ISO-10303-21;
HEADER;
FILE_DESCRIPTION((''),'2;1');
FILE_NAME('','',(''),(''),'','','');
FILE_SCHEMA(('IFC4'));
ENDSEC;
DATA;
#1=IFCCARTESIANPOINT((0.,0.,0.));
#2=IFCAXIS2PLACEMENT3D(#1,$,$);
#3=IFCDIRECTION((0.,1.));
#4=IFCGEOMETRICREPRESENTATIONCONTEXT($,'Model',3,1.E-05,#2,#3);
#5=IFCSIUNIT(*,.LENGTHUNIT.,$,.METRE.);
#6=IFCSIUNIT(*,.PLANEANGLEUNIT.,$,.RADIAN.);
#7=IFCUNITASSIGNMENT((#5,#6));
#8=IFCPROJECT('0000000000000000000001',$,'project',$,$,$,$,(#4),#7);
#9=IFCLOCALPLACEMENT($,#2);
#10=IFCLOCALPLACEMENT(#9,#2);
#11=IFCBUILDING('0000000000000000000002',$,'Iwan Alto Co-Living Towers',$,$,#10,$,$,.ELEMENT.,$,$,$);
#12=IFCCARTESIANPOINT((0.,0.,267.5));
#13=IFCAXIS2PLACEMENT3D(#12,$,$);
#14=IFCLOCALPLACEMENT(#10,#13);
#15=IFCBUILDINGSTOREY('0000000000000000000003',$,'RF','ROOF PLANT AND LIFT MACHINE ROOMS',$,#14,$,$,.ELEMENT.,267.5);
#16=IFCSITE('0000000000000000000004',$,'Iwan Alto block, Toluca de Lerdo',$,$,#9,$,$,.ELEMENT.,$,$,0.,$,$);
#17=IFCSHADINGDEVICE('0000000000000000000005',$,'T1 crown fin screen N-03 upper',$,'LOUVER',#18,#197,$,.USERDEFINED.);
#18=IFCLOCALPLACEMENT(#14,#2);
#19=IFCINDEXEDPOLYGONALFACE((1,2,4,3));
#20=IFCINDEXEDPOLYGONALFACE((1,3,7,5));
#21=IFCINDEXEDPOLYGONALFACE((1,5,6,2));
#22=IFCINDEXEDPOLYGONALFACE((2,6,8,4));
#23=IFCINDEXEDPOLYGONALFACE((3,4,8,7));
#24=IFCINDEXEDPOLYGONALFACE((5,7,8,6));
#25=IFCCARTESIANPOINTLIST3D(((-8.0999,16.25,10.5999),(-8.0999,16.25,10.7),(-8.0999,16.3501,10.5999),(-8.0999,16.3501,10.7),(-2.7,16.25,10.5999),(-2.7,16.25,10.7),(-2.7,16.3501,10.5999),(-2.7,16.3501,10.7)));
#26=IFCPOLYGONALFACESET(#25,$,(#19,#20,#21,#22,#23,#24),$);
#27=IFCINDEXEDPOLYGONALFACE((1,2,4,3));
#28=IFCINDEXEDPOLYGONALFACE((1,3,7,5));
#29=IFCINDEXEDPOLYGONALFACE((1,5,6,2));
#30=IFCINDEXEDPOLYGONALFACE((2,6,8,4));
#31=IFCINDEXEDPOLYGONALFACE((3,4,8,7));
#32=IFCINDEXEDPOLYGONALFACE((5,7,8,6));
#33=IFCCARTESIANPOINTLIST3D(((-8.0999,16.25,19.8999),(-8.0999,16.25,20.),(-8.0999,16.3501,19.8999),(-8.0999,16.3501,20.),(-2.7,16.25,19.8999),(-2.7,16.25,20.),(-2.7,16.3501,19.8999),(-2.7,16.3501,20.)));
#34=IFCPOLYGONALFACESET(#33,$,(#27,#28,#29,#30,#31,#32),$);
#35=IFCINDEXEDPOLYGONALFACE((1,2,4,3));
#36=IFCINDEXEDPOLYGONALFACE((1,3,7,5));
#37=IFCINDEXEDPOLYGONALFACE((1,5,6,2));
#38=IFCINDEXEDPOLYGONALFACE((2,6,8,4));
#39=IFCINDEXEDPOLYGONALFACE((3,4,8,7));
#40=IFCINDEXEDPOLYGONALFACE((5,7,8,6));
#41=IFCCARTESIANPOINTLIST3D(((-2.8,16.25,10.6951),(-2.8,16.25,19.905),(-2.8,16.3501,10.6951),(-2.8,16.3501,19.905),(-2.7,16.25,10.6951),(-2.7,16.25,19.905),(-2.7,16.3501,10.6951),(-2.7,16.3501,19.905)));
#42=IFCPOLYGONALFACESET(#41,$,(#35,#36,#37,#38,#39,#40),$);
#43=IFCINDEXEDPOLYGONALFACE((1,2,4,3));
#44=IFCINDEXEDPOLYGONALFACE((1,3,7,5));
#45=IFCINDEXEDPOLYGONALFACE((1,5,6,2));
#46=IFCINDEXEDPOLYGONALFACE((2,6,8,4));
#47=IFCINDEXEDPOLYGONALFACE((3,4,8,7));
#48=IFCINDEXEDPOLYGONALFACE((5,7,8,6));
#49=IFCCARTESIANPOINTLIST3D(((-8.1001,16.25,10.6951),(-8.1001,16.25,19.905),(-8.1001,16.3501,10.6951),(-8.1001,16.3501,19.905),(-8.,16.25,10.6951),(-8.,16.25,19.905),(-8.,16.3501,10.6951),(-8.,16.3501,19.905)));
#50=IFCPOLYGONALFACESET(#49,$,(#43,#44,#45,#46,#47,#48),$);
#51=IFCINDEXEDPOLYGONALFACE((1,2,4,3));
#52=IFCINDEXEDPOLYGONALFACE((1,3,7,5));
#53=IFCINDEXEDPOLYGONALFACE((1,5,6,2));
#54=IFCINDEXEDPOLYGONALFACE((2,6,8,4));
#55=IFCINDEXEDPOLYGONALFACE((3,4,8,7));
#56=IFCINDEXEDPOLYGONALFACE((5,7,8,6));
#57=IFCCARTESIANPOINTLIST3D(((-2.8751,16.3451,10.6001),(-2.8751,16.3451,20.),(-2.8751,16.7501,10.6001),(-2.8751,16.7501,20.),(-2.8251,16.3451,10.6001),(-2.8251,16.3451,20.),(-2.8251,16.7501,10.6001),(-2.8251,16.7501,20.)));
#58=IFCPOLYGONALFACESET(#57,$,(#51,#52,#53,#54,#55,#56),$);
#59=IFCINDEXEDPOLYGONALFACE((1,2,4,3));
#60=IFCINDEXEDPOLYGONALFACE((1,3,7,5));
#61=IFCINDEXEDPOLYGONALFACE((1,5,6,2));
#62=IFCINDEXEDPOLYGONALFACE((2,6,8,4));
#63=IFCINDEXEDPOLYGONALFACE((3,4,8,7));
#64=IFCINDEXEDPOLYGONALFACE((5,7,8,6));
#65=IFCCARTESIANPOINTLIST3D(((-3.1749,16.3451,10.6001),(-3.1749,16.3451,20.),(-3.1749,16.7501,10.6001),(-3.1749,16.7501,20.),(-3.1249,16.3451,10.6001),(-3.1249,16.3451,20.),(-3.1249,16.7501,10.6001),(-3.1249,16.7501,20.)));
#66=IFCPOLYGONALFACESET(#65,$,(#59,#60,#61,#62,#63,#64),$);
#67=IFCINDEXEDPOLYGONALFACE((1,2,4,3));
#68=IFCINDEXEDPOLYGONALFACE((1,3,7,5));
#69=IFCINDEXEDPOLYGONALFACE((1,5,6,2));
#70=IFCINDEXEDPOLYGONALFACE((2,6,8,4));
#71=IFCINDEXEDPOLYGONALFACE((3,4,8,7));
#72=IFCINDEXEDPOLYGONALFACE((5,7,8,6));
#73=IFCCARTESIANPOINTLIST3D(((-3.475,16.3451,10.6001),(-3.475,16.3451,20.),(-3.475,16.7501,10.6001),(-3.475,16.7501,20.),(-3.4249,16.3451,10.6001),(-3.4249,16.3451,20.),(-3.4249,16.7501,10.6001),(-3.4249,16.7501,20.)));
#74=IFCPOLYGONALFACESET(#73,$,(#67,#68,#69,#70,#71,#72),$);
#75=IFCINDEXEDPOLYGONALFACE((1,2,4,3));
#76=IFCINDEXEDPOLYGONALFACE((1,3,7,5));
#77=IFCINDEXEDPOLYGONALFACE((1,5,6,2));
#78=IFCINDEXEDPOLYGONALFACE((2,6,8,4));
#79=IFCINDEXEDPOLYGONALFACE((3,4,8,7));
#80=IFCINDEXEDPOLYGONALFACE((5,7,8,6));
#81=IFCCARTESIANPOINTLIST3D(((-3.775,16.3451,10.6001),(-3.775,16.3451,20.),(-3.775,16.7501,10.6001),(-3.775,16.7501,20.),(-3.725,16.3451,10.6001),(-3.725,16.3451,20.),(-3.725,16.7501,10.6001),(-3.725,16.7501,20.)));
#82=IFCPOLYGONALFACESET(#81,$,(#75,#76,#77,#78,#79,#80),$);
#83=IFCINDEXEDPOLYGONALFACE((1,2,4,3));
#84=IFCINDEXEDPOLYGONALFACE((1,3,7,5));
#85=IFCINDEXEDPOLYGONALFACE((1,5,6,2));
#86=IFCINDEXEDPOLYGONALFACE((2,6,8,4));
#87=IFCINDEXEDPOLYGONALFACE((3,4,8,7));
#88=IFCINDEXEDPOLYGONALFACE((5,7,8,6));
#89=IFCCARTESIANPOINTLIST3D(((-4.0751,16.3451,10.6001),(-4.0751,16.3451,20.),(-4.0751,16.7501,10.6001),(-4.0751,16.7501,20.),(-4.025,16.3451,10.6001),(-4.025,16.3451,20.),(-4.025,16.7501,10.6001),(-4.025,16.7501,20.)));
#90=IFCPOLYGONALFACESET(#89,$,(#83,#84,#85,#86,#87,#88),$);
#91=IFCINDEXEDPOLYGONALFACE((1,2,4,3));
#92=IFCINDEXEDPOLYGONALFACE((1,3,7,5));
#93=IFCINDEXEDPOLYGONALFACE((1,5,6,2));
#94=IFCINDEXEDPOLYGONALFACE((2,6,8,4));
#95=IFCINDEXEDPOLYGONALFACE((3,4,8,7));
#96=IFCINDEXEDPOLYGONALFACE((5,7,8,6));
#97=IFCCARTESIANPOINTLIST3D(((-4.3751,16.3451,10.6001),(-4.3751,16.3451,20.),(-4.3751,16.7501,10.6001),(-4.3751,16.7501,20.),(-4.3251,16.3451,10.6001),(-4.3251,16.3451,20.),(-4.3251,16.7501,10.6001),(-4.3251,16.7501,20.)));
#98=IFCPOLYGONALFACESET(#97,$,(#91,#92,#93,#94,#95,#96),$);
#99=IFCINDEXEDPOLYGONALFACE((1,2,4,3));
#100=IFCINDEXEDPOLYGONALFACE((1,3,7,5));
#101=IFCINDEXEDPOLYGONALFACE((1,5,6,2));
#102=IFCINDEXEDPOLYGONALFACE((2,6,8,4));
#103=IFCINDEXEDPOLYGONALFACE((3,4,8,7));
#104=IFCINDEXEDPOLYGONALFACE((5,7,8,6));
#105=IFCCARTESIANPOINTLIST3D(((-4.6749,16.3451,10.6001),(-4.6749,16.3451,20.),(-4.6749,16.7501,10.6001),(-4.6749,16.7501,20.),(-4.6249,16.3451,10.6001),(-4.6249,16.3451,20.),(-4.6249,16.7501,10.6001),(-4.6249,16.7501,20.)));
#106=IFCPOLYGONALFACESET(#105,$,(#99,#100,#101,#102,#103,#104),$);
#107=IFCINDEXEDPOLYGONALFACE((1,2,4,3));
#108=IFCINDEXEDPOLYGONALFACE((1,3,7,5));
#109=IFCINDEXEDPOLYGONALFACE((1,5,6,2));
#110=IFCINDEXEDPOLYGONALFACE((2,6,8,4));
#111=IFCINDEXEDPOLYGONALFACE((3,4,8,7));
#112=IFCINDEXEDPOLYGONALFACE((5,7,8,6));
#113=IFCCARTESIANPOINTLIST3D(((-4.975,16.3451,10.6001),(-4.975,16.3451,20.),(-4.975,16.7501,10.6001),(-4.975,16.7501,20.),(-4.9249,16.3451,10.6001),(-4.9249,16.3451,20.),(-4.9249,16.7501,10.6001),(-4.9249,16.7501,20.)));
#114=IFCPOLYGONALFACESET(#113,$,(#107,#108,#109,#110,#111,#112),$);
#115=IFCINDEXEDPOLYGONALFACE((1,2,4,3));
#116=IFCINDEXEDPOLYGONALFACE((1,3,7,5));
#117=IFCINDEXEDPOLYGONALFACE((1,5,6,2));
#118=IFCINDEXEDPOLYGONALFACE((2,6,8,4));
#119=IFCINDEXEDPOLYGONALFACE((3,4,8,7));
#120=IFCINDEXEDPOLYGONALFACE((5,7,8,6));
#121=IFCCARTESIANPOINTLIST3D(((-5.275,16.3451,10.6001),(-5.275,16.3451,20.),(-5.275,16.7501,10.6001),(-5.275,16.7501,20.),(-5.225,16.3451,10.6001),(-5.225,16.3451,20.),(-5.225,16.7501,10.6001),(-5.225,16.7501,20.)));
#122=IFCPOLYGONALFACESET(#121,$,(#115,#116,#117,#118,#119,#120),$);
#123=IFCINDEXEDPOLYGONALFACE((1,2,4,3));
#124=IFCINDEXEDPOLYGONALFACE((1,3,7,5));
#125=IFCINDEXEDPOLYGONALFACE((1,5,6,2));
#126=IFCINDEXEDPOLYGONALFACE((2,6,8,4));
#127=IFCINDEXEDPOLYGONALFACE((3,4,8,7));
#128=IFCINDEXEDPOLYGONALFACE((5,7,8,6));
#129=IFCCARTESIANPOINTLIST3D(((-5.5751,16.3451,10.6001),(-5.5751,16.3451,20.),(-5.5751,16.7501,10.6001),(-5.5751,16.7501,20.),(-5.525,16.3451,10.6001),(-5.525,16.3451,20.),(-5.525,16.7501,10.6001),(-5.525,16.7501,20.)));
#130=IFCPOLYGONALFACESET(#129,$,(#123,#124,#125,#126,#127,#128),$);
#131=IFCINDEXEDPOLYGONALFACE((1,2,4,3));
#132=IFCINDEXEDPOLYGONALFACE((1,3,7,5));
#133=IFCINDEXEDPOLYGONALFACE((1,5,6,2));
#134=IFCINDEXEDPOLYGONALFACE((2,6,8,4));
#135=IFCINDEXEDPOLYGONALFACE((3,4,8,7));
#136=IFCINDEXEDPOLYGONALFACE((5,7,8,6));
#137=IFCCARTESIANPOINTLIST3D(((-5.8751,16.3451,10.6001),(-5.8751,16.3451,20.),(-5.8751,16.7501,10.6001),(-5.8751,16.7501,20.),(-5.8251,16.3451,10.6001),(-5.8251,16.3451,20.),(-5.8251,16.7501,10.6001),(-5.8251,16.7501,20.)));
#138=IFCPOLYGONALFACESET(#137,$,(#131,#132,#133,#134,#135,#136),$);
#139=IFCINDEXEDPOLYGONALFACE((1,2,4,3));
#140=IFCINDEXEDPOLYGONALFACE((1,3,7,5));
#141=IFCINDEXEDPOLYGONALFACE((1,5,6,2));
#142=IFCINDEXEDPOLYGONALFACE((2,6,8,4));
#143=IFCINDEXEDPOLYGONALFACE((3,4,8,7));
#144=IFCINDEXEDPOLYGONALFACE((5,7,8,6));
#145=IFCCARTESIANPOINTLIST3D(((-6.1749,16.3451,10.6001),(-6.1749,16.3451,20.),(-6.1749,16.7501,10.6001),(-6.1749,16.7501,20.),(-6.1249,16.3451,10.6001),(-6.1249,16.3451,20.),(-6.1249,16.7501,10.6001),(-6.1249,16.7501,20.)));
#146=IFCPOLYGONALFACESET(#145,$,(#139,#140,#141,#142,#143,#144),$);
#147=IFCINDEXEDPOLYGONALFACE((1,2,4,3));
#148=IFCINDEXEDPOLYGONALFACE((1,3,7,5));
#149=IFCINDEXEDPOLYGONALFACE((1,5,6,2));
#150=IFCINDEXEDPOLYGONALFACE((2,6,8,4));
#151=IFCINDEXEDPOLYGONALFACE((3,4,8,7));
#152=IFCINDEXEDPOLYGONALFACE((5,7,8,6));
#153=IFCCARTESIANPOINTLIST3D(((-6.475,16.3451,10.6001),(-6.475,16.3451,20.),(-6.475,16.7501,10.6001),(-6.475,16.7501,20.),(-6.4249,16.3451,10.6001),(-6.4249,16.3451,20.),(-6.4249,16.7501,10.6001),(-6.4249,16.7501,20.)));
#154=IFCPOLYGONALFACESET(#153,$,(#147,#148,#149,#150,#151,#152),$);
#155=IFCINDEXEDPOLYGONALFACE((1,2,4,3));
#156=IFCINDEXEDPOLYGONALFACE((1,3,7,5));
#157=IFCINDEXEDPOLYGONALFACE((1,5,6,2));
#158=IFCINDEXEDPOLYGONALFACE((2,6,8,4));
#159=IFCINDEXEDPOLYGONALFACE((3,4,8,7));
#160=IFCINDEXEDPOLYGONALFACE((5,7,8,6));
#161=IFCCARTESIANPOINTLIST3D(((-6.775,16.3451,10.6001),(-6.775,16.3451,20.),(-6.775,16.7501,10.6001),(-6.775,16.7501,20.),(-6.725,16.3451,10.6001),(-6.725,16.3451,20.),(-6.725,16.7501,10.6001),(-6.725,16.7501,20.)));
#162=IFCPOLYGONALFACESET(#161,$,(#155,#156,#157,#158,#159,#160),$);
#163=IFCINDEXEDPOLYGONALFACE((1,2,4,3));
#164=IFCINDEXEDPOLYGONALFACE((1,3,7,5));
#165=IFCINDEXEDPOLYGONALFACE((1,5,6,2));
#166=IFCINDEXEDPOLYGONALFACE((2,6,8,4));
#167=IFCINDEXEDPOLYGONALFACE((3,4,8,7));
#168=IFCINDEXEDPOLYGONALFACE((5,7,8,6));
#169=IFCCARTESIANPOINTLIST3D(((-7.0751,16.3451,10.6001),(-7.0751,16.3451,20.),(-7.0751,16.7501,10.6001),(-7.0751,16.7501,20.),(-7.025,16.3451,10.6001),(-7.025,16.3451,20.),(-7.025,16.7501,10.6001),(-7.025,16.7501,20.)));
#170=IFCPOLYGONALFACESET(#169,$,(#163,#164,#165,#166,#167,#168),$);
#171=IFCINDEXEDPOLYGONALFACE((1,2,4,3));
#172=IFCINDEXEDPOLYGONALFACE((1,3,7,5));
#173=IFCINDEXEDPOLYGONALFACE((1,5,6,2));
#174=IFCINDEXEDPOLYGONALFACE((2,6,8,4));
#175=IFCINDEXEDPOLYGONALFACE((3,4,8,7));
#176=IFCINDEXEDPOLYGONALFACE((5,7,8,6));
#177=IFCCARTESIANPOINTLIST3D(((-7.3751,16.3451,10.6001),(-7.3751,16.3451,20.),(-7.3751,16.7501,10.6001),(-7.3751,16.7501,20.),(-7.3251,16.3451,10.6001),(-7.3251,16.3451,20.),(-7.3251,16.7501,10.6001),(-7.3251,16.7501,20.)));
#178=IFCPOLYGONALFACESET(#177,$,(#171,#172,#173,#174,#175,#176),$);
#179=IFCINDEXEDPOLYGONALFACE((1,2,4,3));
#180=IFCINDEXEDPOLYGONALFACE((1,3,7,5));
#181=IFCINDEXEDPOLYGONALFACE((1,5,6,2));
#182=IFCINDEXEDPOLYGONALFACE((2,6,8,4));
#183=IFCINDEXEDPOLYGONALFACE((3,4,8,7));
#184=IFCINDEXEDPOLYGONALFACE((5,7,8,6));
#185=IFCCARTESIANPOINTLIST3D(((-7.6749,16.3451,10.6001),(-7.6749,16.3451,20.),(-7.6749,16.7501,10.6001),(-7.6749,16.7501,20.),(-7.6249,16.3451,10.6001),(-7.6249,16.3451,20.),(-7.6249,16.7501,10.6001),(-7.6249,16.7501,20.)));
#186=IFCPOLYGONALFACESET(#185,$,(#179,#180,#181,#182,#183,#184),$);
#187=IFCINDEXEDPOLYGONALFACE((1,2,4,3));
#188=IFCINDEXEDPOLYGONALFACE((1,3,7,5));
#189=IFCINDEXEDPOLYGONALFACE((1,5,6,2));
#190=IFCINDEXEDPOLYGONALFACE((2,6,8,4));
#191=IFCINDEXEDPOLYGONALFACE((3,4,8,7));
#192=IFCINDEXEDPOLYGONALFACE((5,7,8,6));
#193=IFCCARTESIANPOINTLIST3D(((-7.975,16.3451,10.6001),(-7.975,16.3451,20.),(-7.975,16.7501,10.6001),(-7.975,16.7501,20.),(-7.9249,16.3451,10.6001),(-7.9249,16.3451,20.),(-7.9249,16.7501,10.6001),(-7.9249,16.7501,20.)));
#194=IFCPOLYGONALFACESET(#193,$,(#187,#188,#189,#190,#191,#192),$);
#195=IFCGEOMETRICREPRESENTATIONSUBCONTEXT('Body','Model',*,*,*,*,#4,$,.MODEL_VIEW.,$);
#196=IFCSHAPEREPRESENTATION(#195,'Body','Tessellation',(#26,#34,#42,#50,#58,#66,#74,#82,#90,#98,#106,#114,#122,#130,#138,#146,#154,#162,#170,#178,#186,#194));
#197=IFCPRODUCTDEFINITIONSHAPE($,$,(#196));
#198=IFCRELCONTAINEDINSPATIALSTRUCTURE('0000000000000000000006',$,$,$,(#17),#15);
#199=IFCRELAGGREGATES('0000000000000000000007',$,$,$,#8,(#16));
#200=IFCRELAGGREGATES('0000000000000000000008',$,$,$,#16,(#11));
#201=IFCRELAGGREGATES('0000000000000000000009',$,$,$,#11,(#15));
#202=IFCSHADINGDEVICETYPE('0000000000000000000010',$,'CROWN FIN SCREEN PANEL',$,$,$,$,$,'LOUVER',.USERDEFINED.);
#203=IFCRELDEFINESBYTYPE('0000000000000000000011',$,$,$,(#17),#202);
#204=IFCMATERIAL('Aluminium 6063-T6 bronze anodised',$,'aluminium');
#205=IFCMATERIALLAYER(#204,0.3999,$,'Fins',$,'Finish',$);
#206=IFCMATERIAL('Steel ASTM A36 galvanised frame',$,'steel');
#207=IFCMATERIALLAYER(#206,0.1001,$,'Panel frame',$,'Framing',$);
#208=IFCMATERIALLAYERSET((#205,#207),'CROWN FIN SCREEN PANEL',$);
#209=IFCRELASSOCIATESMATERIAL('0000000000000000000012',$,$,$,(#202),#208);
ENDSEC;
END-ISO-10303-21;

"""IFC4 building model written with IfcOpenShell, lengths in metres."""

from ifc_helpers import new_model, si_unit, direction, frame, origin, origin_2d, place, context, subcontext, project, spatial, rectangle, extrude, material, layer, layer_set, type_object, element, save


model = new_model("IFC4")

# Units and contexts
model_context = context("Model", 3, precision=1e-05, world=origin(), true_north=direction((0.0, 1.0)))
body_context = subcontext(model_context, "Body", "Model", "MODEL_VIEW")
ifc_project = project(units=[si_unit("LENGTHUNIT", "METRE"), si_unit("PLANEANGLEUNIT", "RADIAN")], contexts=[model_context])

# Site, building, storey
site_placement = place(None, origin())
site = spatial("IfcSite", under=ifc_project, at=site_placement, Name="Iwan Alto block, Toluca de Lerdo", CompositionType="ELEMENT", RefElevation=0.0)
building_placement = place(site_placement, origin())
building = spatial("IfcBuilding", under=site, at=building_placement, Name="Iwan Alto Co-Living Towers", CompositionType="ELEMENT")
storey_placement = place(building_placement, frame((0.0, 0.0, 267.5)))
storey = spatial("IfcBuildingStorey", under=building, at=storey_placement, Name="RF", Description="ROOF PLANT AND LIFT MACHINE ROOMS", CompositionType="ELEMENT", Elevation=267.5)

# Shading device
ifc_material_1 = material(Name="Aluminium 6063-T6 bronze anodised", Category="aluminium")
ifc_layer_1 = layer(ifc_material_1, 0.3999, Name="Fins", Category="Finish")
ifc_material_2 = material(Name="Steel ASTM A36 galvanised frame", Category="steel")
ifc_layer_2 = layer(ifc_material_2, 0.1001, Name="Panel frame", Category="Framing")
ifc_layer_set = layer_set([ifc_layer_1, ifc_layer_2], Name="CROWN FIN SCREEN PANEL")
shading_device_type = type_object("IfcShadingDeviceType", Name="CROWN FIN SCREEN PANEL", ElementType="LOUVER", PredefinedType="USERDEFINED", material=ifc_layer_set)
shading_device_1_placement = place(storey_placement, frame((0.0, 0.0, -267.5)))
element("IfcShadingDevice", 1, at=shading_device_1_placement, inside=storey, type_object=shading_device_type, Name="T1 crown fin screen N-03 upper", ObjectType="LOUVER", PredefinedType="USERDEFINED", context=body_context, shape_type="SweptSolid", body=[
    extrude(rectangle(XDim=5.3999, YDim=0.1001, at=origin_2d()), frame((-5.3999, 16.3, 278.0999), z_axis=(0.0, 0.0, 1.0), x_axis=(-1.0, 0.0, 0.0)), (0.0, 0.0, 1.0), 0.1001),
    extrude(rectangle(XDim=5.3999, YDim=0.1001, at=origin_2d()), frame((-5.3999, 16.3, 287.3999), z_axis=(0.0, 0.0, 1.0), x_axis=(-1.0, 0.0, 0.0)), (0.0, 0.0, 1.0), 0.1001),
    extrude(rectangle(XDim=0.1001, YDim=0.1001, at=origin_2d()), frame((-2.75, 16.3, 278.1951), z_axis=(0.0, 0.0, 1.0), x_axis=(-1.0, 0.0, 0.0)), (0.0, 0.0, 1.0), 9.21),
    extrude(rectangle(XDim=0.1001, YDim=0.1001, at=origin_2d()), frame((-8.05, 16.3, 278.1951), z_axis=(0.0, 0.0, 1.0), x_axis=(-1.0, 0.0, 0.0)), (0.0, 0.0, 1.0), 9.21),
    extrude(rectangle(XDim=0.05, YDim=0.405, at=origin_2d()), frame((-2.8501, 16.5476, 278.1001), z_axis=(0.0, 0.0, 1.0), x_axis=(-1.0, 0.0, 0.0)), (0.0, 0.0, 1.0), 9.3999),
    extrude(rectangle(XDim=0.05, YDim=0.405, at=origin_2d()), frame((-3.1499, 16.5476, 278.1001), z_axis=(0.0, 0.0, 1.0), x_axis=(-1.0, 0.0, 0.0)), (0.0, 0.0, 1.0), 9.3999),
    extrude(rectangle(XDim=0.05, YDim=0.405, at=origin_2d()), frame((-3.45, 16.5476, 278.1001), z_axis=(0.0, 0.0, 1.0), x_axis=(-1.0, 0.0, 0.0)), (0.0, 0.0, 1.0), 9.3999),
    extrude(rectangle(XDim=0.05, YDim=0.405, at=origin_2d()), frame((-3.75, 16.5476, 278.1001), z_axis=(0.0, 0.0, 1.0), x_axis=(-1.0, 0.0, 0.0)), (0.0, 0.0, 1.0), 9.3999),
    extrude(rectangle(XDim=0.05, YDim=0.405, at=origin_2d()), frame((-4.05, 16.5476, 278.1001), z_axis=(0.0, 0.0, 1.0), x_axis=(-1.0, 0.0, 0.0)), (0.0, 0.0, 1.0), 9.3999),
    extrude(rectangle(XDim=0.05, YDim=0.405, at=origin_2d()), frame((-4.3501, 16.5476, 278.1001), z_axis=(0.0, 0.0, 1.0), x_axis=(-1.0, 0.0, 0.0)), (0.0, 0.0, 1.0), 9.3999),
    extrude(rectangle(XDim=0.05, YDim=0.405, at=origin_2d()), frame((-4.6499, 16.5476, 278.1001), z_axis=(0.0, 0.0, 1.0), x_axis=(-1.0, 0.0, 0.0)), (0.0, 0.0, 1.0), 9.3999),
    extrude(rectangle(XDim=0.05, YDim=0.405, at=origin_2d()), frame((-4.95, 16.5476, 278.1001), z_axis=(0.0, 0.0, 1.0), x_axis=(-1.0, 0.0, 0.0)), (0.0, 0.0, 1.0), 9.3999),
    extrude(rectangle(XDim=0.05, YDim=0.405, at=origin_2d()), frame((-5.25, 16.5476, 278.1001), z_axis=(0.0, 0.0, 1.0), x_axis=(-1.0, 0.0, 0.0)), (0.0, 0.0, 1.0), 9.3999),
    extrude(rectangle(XDim=0.05, YDim=0.405, at=origin_2d()), frame((-5.55, 16.5476, 278.1001), z_axis=(0.0, 0.0, 1.0), x_axis=(-1.0, 0.0, 0.0)), (0.0, 0.0, 1.0), 9.3999),
    extrude(rectangle(XDim=0.05, YDim=0.405, at=origin_2d()), frame((-5.8501, 16.5476, 278.1001), z_axis=(0.0, 0.0, 1.0), x_axis=(-1.0, 0.0, 0.0)), (0.0, 0.0, 1.0), 9.3999),
    extrude(rectangle(XDim=0.05, YDim=0.405, at=origin_2d()), frame((-6.1499, 16.5476, 278.1001), z_axis=(0.0, 0.0, 1.0), x_axis=(-1.0, 0.0, 0.0)), (0.0, 0.0, 1.0), 9.3999),
    extrude(rectangle(XDim=0.05, YDim=0.405, at=origin_2d()), frame((-6.45, 16.5476, 278.1001), z_axis=(0.0, 0.0, 1.0), x_axis=(-1.0, 0.0, 0.0)), (0.0, 0.0, 1.0), 9.3999),
    extrude(rectangle(XDim=0.05, YDim=0.405, at=origin_2d()), frame((-6.75, 16.5476, 278.1001), z_axis=(0.0, 0.0, 1.0), x_axis=(-1.0, 0.0, 0.0)), (0.0, 0.0, 1.0), 9.3999),
    extrude(rectangle(XDim=0.05, YDim=0.405, at=origin_2d()), frame((-7.05, 16.5476, 278.1001), z_axis=(0.0, 0.0, 1.0), x_axis=(-1.0, 0.0, 0.0)), (0.0, 0.0, 1.0), 9.3999),
    extrude(rectangle(XDim=0.05, YDim=0.405, at=origin_2d()), frame((-7.3501, 16.5476, 278.1001), z_axis=(0.0, 0.0, 1.0), x_axis=(-1.0, 0.0, 0.0)), (0.0, 0.0, 1.0), 9.3999),
    extrude(rectangle(XDim=0.05, YDim=0.405, at=origin_2d()), frame((-7.6499, 16.5476, 278.1001), z_axis=(0.0, 0.0, 1.0), x_axis=(-1.0, 0.0, 0.0)), (0.0, 0.0, 1.0), 9.3999),
    extrude(rectangle(XDim=0.05, YDim=0.405, at=origin_2d()), frame((-7.95, 16.5476, 278.1001), z_axis=(0.0, 0.0, 1.0), x_axis=(-1.0, 0.0, 0.0)), (0.0, 0.0, 1.0), 9.3999),
])

save(model, "model.ifc")
